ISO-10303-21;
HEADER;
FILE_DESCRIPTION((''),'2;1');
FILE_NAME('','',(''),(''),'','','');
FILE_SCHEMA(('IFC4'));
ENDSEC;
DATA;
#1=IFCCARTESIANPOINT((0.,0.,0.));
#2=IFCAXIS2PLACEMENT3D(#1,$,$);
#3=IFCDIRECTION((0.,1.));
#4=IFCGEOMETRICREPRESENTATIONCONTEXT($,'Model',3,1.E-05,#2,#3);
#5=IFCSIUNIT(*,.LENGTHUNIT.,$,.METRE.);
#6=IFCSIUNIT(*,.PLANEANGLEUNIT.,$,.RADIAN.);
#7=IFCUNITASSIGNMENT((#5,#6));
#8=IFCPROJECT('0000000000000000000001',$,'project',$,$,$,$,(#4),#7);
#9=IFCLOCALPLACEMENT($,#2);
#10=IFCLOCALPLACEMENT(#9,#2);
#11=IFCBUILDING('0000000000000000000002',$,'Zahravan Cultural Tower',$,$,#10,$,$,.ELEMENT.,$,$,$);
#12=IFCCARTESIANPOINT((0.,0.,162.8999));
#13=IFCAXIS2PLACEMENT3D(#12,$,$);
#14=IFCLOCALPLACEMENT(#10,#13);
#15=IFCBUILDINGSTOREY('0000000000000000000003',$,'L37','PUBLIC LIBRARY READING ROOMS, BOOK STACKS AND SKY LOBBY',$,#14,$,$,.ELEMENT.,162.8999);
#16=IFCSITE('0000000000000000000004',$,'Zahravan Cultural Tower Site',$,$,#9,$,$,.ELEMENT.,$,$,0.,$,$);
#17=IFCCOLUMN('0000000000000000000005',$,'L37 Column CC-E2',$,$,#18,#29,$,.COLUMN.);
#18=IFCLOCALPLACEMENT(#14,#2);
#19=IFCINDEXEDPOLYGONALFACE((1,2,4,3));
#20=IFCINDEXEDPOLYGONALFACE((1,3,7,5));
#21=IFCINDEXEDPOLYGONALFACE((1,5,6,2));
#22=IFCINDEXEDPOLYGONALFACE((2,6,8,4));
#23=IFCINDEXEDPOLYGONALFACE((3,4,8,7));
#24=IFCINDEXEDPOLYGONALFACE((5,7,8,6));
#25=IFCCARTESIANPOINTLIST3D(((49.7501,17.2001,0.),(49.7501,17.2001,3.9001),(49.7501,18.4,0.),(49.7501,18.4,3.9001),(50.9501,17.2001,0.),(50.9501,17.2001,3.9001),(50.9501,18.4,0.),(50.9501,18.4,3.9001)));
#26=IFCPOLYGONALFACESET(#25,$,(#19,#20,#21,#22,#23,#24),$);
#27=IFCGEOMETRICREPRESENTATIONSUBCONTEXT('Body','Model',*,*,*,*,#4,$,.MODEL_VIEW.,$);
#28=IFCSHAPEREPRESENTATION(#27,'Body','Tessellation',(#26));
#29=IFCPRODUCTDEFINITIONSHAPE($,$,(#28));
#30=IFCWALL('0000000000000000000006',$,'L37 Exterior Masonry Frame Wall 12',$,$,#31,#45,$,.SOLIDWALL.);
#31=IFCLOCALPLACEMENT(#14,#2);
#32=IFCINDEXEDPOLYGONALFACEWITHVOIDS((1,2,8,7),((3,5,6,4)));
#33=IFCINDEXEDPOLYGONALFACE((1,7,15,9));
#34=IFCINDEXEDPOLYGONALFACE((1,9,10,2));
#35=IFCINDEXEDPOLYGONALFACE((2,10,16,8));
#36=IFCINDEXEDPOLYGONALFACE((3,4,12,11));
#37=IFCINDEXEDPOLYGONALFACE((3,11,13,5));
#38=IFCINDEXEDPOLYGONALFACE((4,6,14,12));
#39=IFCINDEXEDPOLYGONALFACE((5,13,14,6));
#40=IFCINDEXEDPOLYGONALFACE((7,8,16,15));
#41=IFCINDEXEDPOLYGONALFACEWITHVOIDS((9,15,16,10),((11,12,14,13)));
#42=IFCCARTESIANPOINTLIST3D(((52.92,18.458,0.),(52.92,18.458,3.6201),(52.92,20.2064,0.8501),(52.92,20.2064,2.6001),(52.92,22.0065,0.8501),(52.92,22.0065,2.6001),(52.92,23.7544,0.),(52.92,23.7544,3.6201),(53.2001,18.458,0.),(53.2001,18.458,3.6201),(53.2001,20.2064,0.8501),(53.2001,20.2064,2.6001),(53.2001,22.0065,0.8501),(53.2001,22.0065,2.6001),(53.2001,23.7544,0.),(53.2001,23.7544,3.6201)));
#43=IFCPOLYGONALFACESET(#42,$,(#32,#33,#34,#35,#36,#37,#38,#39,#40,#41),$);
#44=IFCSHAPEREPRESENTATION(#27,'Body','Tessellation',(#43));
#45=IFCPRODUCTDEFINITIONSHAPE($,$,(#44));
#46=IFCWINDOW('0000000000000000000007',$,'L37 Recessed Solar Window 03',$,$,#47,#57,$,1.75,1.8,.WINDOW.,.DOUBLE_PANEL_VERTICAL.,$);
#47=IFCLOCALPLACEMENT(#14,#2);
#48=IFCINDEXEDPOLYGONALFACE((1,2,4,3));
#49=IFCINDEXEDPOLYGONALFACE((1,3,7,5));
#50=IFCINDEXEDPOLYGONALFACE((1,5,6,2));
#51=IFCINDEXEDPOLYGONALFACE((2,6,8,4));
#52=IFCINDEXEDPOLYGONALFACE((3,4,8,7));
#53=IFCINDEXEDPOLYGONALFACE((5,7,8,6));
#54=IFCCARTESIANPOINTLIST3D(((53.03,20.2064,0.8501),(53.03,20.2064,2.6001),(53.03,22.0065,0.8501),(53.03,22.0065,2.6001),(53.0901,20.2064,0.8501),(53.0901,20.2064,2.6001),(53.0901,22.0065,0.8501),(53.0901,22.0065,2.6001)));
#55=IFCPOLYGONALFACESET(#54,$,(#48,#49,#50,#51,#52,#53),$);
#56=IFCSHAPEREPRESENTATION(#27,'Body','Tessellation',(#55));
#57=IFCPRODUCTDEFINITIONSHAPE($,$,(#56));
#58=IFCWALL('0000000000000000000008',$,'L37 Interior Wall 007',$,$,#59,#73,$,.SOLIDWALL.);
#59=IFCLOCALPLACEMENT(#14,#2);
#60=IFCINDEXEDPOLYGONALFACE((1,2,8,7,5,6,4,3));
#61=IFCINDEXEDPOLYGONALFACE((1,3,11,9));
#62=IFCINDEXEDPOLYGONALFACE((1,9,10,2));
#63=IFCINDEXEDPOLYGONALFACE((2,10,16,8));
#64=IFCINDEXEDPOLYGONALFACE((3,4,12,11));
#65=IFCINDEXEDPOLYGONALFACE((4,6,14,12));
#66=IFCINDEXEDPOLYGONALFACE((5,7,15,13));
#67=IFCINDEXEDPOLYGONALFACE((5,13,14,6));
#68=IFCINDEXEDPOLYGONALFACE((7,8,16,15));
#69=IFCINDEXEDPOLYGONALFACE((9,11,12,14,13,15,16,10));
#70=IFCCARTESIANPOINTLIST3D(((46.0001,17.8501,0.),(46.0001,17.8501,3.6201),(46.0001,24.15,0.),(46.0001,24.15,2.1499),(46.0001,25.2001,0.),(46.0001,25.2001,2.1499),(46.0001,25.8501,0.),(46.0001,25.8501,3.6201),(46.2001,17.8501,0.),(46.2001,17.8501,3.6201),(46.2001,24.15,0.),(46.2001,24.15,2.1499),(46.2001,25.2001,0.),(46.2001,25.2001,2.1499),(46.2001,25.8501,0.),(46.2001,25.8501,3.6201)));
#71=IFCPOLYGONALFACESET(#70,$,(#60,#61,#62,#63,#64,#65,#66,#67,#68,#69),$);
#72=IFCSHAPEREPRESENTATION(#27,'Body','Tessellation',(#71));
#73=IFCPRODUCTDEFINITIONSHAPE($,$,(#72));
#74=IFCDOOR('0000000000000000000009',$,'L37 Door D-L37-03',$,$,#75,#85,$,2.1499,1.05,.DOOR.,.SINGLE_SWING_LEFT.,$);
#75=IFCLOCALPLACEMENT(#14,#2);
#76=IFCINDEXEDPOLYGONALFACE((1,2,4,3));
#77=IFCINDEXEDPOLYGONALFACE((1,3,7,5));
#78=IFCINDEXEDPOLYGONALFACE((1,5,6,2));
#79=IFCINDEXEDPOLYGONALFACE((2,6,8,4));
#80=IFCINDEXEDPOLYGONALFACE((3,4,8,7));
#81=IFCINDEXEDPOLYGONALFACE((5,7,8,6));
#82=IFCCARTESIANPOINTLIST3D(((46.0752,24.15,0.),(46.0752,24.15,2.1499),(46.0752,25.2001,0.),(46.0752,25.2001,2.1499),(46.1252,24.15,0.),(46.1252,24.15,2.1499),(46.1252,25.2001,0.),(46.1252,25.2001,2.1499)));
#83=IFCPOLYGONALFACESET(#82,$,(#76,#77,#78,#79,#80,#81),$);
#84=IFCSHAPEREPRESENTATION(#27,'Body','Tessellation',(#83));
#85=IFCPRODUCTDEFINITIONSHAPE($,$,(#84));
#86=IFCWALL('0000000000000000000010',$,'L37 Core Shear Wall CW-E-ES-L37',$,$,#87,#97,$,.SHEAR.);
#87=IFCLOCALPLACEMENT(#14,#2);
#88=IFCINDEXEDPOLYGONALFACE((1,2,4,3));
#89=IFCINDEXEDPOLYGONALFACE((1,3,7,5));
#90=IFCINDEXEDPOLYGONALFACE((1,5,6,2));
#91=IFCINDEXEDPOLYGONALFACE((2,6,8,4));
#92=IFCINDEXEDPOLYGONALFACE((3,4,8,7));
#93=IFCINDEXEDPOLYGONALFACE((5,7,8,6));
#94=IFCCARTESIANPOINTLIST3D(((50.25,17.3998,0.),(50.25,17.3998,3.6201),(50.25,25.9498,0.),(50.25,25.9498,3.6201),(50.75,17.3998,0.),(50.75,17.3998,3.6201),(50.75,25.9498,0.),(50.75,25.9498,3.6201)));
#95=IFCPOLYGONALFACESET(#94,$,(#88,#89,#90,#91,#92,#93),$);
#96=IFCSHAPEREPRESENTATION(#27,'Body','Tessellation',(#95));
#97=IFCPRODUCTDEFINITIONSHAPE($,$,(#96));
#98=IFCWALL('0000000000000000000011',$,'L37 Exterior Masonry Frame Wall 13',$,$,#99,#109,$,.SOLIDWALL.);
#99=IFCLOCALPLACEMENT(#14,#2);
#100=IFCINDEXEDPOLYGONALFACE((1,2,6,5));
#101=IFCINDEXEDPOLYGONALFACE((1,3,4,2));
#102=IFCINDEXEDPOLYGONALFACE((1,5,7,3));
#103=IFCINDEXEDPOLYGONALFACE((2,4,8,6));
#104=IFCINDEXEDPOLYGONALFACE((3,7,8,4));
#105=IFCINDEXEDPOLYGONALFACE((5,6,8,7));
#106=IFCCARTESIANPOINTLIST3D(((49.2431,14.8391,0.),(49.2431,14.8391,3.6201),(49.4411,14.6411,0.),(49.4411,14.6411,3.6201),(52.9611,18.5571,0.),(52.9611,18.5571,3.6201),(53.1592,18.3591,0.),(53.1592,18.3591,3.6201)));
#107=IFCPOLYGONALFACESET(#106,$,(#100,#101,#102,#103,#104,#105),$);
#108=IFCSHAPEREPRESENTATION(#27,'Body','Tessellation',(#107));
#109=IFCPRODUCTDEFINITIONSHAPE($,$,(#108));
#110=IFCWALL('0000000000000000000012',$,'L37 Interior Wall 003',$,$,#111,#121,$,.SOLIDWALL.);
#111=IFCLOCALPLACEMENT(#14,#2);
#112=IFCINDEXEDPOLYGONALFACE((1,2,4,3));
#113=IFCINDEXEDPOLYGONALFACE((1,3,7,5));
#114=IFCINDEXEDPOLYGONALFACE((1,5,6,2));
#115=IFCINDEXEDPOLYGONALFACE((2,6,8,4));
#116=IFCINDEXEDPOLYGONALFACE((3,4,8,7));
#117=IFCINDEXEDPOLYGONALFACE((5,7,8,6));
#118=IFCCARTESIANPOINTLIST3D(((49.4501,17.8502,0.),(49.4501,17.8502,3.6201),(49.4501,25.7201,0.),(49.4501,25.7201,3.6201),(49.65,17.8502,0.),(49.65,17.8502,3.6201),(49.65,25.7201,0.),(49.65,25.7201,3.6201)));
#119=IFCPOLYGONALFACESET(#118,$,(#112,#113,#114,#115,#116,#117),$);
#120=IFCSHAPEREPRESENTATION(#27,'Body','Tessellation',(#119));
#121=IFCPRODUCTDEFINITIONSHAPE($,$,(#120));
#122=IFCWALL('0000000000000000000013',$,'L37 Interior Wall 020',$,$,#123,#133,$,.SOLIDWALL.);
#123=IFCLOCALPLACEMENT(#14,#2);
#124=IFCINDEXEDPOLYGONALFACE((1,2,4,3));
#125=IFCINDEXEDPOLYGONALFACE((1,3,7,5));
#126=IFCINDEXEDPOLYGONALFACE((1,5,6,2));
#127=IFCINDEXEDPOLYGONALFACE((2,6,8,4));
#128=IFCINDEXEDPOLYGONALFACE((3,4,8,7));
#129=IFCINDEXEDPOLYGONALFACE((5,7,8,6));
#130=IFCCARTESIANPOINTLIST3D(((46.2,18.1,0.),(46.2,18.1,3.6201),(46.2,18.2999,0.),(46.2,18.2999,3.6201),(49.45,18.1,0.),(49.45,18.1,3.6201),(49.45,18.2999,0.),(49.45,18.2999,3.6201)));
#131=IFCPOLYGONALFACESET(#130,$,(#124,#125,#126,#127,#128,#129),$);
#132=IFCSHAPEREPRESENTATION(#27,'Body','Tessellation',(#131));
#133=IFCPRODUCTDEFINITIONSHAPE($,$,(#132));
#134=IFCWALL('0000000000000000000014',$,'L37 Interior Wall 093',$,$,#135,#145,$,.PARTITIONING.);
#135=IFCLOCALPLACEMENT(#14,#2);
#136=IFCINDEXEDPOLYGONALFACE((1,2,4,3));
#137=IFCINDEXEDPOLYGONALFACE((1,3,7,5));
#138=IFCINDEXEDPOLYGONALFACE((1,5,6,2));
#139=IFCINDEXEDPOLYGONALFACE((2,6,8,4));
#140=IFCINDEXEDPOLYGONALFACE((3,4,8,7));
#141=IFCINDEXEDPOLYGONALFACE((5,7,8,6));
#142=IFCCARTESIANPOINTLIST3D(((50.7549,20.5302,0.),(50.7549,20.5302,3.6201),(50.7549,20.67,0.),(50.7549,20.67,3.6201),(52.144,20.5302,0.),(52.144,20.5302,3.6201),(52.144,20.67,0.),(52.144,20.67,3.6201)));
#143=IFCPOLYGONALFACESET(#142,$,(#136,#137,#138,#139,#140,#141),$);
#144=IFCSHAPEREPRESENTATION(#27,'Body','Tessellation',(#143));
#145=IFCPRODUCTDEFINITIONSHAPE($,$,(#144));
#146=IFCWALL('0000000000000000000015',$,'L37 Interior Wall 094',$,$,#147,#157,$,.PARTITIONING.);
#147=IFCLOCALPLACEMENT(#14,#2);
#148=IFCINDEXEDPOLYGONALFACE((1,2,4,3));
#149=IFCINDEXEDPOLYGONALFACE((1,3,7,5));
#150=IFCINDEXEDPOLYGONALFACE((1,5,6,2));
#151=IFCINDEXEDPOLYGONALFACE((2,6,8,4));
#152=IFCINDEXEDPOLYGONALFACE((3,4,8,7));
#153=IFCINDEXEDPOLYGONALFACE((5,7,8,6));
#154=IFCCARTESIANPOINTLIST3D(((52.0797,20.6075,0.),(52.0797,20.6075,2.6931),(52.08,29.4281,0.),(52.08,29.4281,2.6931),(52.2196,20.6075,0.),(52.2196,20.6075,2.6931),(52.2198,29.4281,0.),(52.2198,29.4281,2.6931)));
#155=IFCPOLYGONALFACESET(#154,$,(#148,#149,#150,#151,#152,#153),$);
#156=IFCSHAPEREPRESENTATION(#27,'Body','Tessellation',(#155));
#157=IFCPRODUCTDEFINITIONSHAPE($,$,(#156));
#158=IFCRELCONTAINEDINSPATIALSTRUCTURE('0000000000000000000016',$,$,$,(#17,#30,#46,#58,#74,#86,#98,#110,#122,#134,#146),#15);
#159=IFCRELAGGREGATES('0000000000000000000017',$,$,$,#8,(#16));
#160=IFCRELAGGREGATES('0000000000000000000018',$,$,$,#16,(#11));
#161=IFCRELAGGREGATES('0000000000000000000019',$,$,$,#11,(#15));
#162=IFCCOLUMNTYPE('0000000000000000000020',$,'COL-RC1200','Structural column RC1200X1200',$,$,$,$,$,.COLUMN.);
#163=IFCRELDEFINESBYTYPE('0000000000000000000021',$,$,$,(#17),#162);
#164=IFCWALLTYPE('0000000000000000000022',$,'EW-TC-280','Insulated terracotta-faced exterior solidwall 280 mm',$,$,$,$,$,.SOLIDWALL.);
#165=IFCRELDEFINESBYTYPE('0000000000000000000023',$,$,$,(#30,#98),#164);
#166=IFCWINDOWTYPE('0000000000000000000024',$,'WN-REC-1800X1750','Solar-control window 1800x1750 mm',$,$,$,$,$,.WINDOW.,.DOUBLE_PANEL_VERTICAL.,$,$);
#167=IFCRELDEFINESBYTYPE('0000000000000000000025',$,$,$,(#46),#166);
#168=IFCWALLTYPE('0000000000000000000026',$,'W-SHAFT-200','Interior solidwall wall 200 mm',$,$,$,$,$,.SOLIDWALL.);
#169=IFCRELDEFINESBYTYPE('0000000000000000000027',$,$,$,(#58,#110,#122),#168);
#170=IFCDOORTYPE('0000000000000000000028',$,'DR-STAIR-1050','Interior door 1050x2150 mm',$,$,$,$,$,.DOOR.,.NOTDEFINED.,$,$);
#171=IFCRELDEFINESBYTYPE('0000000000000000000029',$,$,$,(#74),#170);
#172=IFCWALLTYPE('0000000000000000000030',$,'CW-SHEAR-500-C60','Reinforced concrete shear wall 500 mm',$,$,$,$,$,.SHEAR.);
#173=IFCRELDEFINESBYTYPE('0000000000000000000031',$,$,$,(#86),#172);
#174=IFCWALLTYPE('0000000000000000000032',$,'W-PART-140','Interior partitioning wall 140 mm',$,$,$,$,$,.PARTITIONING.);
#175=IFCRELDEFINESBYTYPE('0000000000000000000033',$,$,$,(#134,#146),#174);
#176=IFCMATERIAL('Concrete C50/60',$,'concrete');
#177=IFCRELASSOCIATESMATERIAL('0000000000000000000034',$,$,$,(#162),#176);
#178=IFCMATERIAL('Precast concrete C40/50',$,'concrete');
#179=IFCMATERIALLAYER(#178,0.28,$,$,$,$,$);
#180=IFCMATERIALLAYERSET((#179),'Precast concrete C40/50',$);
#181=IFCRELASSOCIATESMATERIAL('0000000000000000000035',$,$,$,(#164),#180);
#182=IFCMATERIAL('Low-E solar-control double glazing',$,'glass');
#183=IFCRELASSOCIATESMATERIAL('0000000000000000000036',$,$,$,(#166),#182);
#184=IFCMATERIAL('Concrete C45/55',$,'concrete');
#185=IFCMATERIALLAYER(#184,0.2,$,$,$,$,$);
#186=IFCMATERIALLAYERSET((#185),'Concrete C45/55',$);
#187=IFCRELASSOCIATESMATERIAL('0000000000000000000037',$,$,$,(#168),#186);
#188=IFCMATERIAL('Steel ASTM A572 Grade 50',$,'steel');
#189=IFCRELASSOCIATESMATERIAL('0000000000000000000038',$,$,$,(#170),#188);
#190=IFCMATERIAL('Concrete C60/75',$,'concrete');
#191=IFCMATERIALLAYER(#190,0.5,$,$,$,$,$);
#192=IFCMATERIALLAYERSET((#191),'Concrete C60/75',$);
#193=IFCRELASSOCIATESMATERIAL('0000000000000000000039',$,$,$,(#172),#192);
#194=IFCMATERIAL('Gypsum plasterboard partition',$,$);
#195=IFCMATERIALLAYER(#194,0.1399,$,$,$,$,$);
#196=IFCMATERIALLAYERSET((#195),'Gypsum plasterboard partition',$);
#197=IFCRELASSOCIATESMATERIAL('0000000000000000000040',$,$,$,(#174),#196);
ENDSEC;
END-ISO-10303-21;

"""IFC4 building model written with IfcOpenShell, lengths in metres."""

from ifc_helpers import new_model, si_unit, direction, frame, frame_2d, origin, origin_2d, place, context, subcontext, project, spatial, rectangle, extrude, source, transform, mapped, material, layer, layer_set, material_profile, profile_set, type_object, element, fill, save


model = new_model("IFC4")

# Units and contexts
model_context = context("Model", 3, precision=1e-05, world=origin(), true_north=direction((0.0, 1.0)))
body_context = subcontext(model_context, "Body", "Model", "MODEL_VIEW")
ifc_project = project(units=[si_unit("LENGTHUNIT", "METRE"), si_unit("PLANEANGLEUNIT", "RADIAN")], contexts=[model_context])

# Site, building, storey
site_placement = place(None, origin())
site = spatial("IfcSite", under=ifc_project, at=site_placement, Name="Zahravan Cultural Tower Site", CompositionType="ELEMENT", RefElevation=0.0)
building_placement = place(site_placement, origin())
building = spatial("IfcBuilding", under=site, at=building_placement, Name="Zahravan Cultural Tower", CompositionType="ELEMENT")
storey_placement = place(building_placement, frame((0.0, 0.0, 162.8999)))
storey = spatial("IfcBuildingStorey", under=building, at=storey_placement, Name="L37", Description="PUBLIC LIBRARY READING ROOMS, BOOK STACKS AND SKY LOBBY", CompositionType="ELEMENT", Elevation=162.8999)

# Column
ifc_material_1 = material(Name="Concrete C50/60", Category="concrete")
ifc_material_profile = material_profile(ifc_material_1, rectangle(XDim=1.2, YDim=1.2, at=origin_2d()), Name="RC1200X1200")
ifc_profile_set = profile_set([ifc_material_profile], Name="Concrete C50/60")
column_type = type_object("IfcColumnType", Name="COL-RC1200", Description="Structural column RC1200X1200", PredefinedType="COLUMN", material=ifc_profile_set)
shared_shape_1 = source(origin(), body_context, "Body", "SweptSolid", [
    extrude(rectangle(XDim=1.2, YDim=1.2, at=origin_2d()), origin(), (0.0, 0.0, 1.0), 3.9001),
])
column_placement = place(storey_placement, frame((50.3501, 17.8, 0.0), z_axis=(0.0, 0.0, 1.0), x_axis=(1.0, 0.0, 0.0)))
element("IfcColumn", 1, at=column_placement, inside=storey, type_object=column_type, Name="L37 Column CC-E2", PredefinedType="COLUMN", context=body_context, shape_type="MappedRepresentation", body=[
    mapped(shared_shape_1, transform((0.0, 0.0, 0.0), x_axis=(1.0, 0.0, 0.0), y_axis=(0.0, 1.0, 0.0), z_axis=(0.0, 0.0, 1.0), scale=1.0)),
])

# Wall, opening, window
ifc_material_2 = material(Name="Precast concrete C40/50", Category="concrete")
ifc_layer_1 = layer(ifc_material_2, 0.28)
ifc_layer_set_1 = layer_set([ifc_layer_1], Name="Precast concrete C40/50")
wall_type_1 = type_object("IfcWallType", Name="EW-TC-280", Description="Insulated terracotta-faced exterior solidwall 280 mm", PredefinedType="SOLIDWALL", material=ifc_layer_set_1)
wall_1_placement = place(storey_placement, frame((53.0601, 23.7544, 0.0), z_axis=(0.0, 0.0, 1.0), x_axis=(0.0, -1.0, 0.0)))
wall_1 = element("IfcWall", 2, at=wall_1_placement, inside=storey, type_object=wall_type_1, Name="L37 Exterior Masonry Frame Wall 12", PredefinedType="SOLIDWALL", context=body_context, shape_type="SweptSolid", body=[
    extrude(rectangle(XDim=5.2964, YDim=0.28, at=frame_2d((2.6482, 0.0))), origin(), (0.0, 0.0, 1.0), 3.6201),
])
opening_1_placement = place(wall_1_placement, frame((1.748, 0.0, 0.8501)))
opening_1 = element("IfcOpeningElement", 3, at=opening_1_placement, cuts=wall_1, PredefinedType="OPENING", context=body_context, shape_type="SweptSolid", body=[
    extrude(rectangle(XDim=1.8, YDim=1.75, at=frame_2d((0.8999, 0.875))), frame((0.0, 0.1499, 0.0), z_axis=(0.0, -1.0, 0.0), x_axis=(1.0, 0.0, 0.0)), (0.0, 0.0, 1.0), 0.3),
])
ifc_material_3 = material(Name="Low-E solar-control double glazing", Category="glass")
window_type = type_object("IfcWindowType", Name="WN-REC-1800X1750", Description="Solar-control window 1800x1750 mm", PartitioningType="DOUBLE_PANEL_VERTICAL", PredefinedType="WINDOW", material=ifc_material_3)
shared_shape_2 = source(origin(), body_context, "Body", "SweptSolid", [
    extrude(rectangle(XDim=1.8, YDim=1.75, at=frame_2d((0.8999, 0.875))), frame((0.0, 0.03, 0.0), z_axis=(0.0, -1.0, 0.0), x_axis=(1.0, 0.0, 0.0)), (0.0, 0.0, 1.0), 0.0601),
])
window_placement = place(opening_1_placement, origin())
window = element("IfcWindow", 4, at=window_placement, inside=storey, type_object=window_type, Name="L37 Recessed Solar Window 03", OverallHeight=1.75, OverallWidth=1.8, PartitioningType="DOUBLE_PANEL_VERTICAL", PredefinedType="WINDOW", context=body_context, shape_type="MappedRepresentation", body=[
    mapped(shared_shape_2, transform((0.0, 0.0, 0.0), x_axis=(1.0, 0.0, 0.0), y_axis=(0.0, 1.0, 0.0), z_axis=(0.0, 0.0, 1.0), scale=1.0)),
])
fill(opening_1, window)

# Wall, opening, door
ifc_material_4 = material(Name="Concrete C45/55", Category="concrete")
ifc_layer_2 = layer(ifc_material_4, 0.2)
ifc_layer_set_2 = layer_set([ifc_layer_2], Name="Concrete C45/55")
wall_type_2 = type_object("IfcWallType", Name="W-SHAFT-200", Description="Interior solidwall wall 200 mm", PredefinedType="SOLIDWALL", material=ifc_layer_set_2)
wall_2_placement = place(storey_placement, frame((46.1001, 17.8501, 0.0), z_axis=(0.0, 0.0, 1.0), x_axis=(0.0, 1.0, 0.0)))
wall_2 = element("IfcWall", 5, at=wall_2_placement, inside=storey, type_object=wall_type_2, Name="L37 Interior Wall 007", PredefinedType="SOLIDWALL", context=body_context, shape_type="SweptSolid", body=[
    extrude(rectangle(XDim=8.0, YDim=0.2, at=frame_2d((4.0, 0.0))), origin(), (0.0, 0.0, 1.0), 3.6201),
])
opening_2_placement = place(wall_2_placement, frame((6.3, 0.0, 0.0)))
opening_2 = element("IfcOpeningElement", 6, at=opening_2_placement, cuts=wall_2, PredefinedType="OPENING", context=body_context, shape_type="SweptSolid", body=[
    extrude(rectangle(XDim=1.05, YDim=2.1499, at=frame_2d((0.5249, 1.075))), frame((0.0, 0.1099, 0.0), z_axis=(0.0, -1.0, 0.0), x_axis=(1.0, 0.0, 0.0)), (0.0, 0.0, 1.0), 0.22),
])
ifc_material_5 = material(Name="Steel ASTM A572 Grade 50", Category="steel")
door_type = type_object("IfcDoorType", Name="DR-STAIR-1050", Description="Interior door 1050x2150 mm", OperationType="NOTDEFINED", PredefinedType="DOOR", material=ifc_material_5)
shared_shape_3 = source(origin(), body_context, "Body", "SweptSolid", [
    extrude(rectangle(XDim=1.05, YDim=2.1499, at=frame_2d((0.5249, 1.075))), frame((0.0, 0.0249, 0.0), z_axis=(0.0, -1.0, 0.0), x_axis=(1.0, 0.0, 0.0)), (0.0, 0.0, 1.0), 0.05),
])
door_placement = place(opening_2_placement, origin())
door = element("IfcDoor", 7, at=door_placement, inside=storey, type_object=door_type, Name="L37 Door D-L37-03", OperationType="SINGLE_SWING_LEFT", OverallHeight=2.1499, OverallWidth=1.05, PredefinedType="DOOR", context=body_context, shape_type="MappedRepresentation", body=[
    mapped(shared_shape_3, transform((0.0, 0.0, 0.0), x_axis=(1.0, 0.0, 0.0), y_axis=(0.0, 1.0, 0.0), z_axis=(0.0, 0.0, 1.0), scale=1.0)),
])
fill(opening_2, door)

# Walls
ifc_material_6 = material(Name="Concrete C60/75", Category="concrete")
ifc_layer_3 = layer(ifc_material_6, 0.5)
ifc_layer_set_3 = layer_set([ifc_layer_3], Name="Concrete C60/75")
wall_type_3 = type_object("IfcWallType", Name="CW-SHEAR-500-C60", Description="Reinforced concrete shear wall 500 mm", PredefinedType="SHEAR", material=ifc_layer_set_3)
shared_shape_4 = source(origin(), body_context, "Body", "SweptSolid", [
    extrude(rectangle(XDim=8.55, YDim=0.5, at=frame_2d((4.2749, 0.0))), origin(), (0.0, 0.0, 1.0), 3.6201),
])
wall_3_placement = place(storey_placement, frame((50.5, 17.3999, 0.0), z_axis=(0.0, 0.0, 1.0), x_axis=(0.0, 1.0, 0.0)))
element("IfcWall", 8, at=wall_3_placement, inside=storey, type_object=wall_type_3, Name="L37 Core Shear Wall CW-E-ES-L37", PredefinedType="SHEAR", context=body_context, shape_type="MappedRepresentation", body=[
    mapped(shared_shape_4, transform((0.0, 0.0, 0.0), x_axis=(1.0, 0.0, 0.0), y_axis=(0.0, 1.0, 0.0), z_axis=(0.0, 0.0, 1.0), scale=1.0)),
])
shared_shape_5 = source(origin(), body_context, "Body", "SweptSolid", [
    extrude(rectangle(XDim=5.2581, YDim=0.28, at=frame_2d((2.6289, 0.0))), origin(), (0.0, 0.0, 1.0), 3.6201),
])
wall_4_placement = place(storey_placement, frame((53.0601, 18.458, 0.0), z_axis=(0.0, 0.0, 1.0), x_axis=(-0.707107, -0.707107, 0.0)))
element("IfcWall", 9, at=wall_4_placement, inside=storey, type_object=wall_type_1, Name="L37 Exterior Masonry Frame Wall 13", PredefinedType="SOLIDWALL", context=body_context, shape_type="MappedRepresentation", body=[
    mapped(shared_shape_5, transform((0.0, 0.0, 0.0), x_axis=(1.0, 0.0, 0.0), y_axis=(0.0, 1.0, 0.0), z_axis=(0.0, 0.0, 1.0), scale=1.0)),
])
shared_shape_6 = source(origin(), body_context, "Body", "SweptSolid", [
    extrude(rectangle(XDim=7.8699, YDim=0.2, at=frame_2d((3.9351, 0.0))), origin(), (0.0, 0.0, 1.0), 3.6201),
])
wall_5_placement = place(storey_placement, frame((49.55, 17.8501, 0.0), z_axis=(0.0, 0.0, 1.0), x_axis=(0.0, 1.0, 0.0)))
element("IfcWall", 10, at=wall_5_placement, inside=storey, type_object=wall_type_2, Name="L37 Interior Wall 003", PredefinedType="SOLIDWALL", context=body_context, shape_type="MappedRepresentation", body=[
    mapped(shared_shape_6, transform((0.0, 0.0, 0.0), x_axis=(1.0, 0.0, 0.0), y_axis=(0.0, 1.0, 0.0), z_axis=(0.0, 0.0, 1.0), scale=1.0)),
])
shared_shape_7 = source(origin(), body_context, "Body", "SweptSolid", [
    extrude(rectangle(XDim=3.25, YDim=0.2, at=frame_2d((1.625, 0.0))), origin(), (0.0, 0.0, 1.0), 3.6201),
])
wall_6_placement = place(storey_placement, frame((46.2, 18.2, 0.0), z_axis=(0.0, 0.0, 1.0), x_axis=(1.0, 0.0, 0.0)))
element("IfcWall", 11, at=wall_6_placement, inside=storey, type_object=wall_type_2, Name="L37 Interior Wall 020", PredefinedType="SOLIDWALL", context=body_context, shape_type="MappedRepresentation", body=[
    mapped(shared_shape_7, transform((0.0, 0.0, 0.0), x_axis=(1.0, 0.0, 0.0), y_axis=(0.0, 1.0, 0.0), z_axis=(0.0, 0.0, 1.0), scale=1.0)),
])
ifc_material_7 = material(Name="Gypsum plasterboard partition")
ifc_layer_4 = layer(ifc_material_7, 0.1399)
ifc_layer_set_4 = layer_set([ifc_layer_4], Name="Gypsum plasterboard partition")
wall_type_4 = type_object("IfcWallType", Name="W-PART-140", Description="Interior partitioning wall 140 mm", PredefinedType="PARTITIONING", material=ifc_layer_set_4)
shared_shape_8 = source(origin(), body_context, "Body", "SweptSolid", [
    extrude(rectangle(XDim=1.3892, YDim=0.1399, at=frame_2d((0.6946, 0.0))), origin(), (0.0, 0.0, 1.0), 3.6201),
])
wall_7_placement = place(storey_placement, frame((50.7549, 20.6001, 0.0), z_axis=(0.0, 0.0, 1.0), x_axis=(1.0, 0.0, 0.0)))
element("IfcWall", 12, at=wall_7_placement, inside=storey, type_object=wall_type_4, Name="L37 Interior Wall 093", PredefinedType="PARTITIONING", context=body_context, shape_type="MappedRepresentation", body=[
    mapped(shared_shape_8, transform((0.0, 0.0, 0.0), x_axis=(1.0, 0.0, 0.0), y_axis=(0.0, 1.0, 0.0), z_axis=(0.0, 0.0, 1.0), scale=1.0)),
])
shared_shape_9 = source(origin(), body_context, "Body", "SweptSolid", [
    extrude(rectangle(XDim=8.8206, YDim=0.1399, at=frame_2d((4.4102, 0.0))), origin(), (0.0, 0.0, 1.0), 2.6931),
])
wall_8_placement = place(storey_placement, frame((52.1497, 20.6077, 0.0), z_axis=(0.0, 0.0, 1.0), x_axis=(0.000028, 1.0, 0.0)))
element("IfcWall", 13, at=wall_8_placement, inside=storey, type_object=wall_type_4, Name="L37 Interior Wall 094", PredefinedType="PARTITIONING", context=body_context, shape_type="MappedRepresentation", body=[
    mapped(shared_shape_9, transform((0.0, 0.0, 0.0), x_axis=(1.0, 0.0, 0.0), y_axis=(0.0, 1.0, 0.0), z_axis=(0.0, 0.0, 1.0), scale=1.0)),
])

save(model, "model.ifc")
